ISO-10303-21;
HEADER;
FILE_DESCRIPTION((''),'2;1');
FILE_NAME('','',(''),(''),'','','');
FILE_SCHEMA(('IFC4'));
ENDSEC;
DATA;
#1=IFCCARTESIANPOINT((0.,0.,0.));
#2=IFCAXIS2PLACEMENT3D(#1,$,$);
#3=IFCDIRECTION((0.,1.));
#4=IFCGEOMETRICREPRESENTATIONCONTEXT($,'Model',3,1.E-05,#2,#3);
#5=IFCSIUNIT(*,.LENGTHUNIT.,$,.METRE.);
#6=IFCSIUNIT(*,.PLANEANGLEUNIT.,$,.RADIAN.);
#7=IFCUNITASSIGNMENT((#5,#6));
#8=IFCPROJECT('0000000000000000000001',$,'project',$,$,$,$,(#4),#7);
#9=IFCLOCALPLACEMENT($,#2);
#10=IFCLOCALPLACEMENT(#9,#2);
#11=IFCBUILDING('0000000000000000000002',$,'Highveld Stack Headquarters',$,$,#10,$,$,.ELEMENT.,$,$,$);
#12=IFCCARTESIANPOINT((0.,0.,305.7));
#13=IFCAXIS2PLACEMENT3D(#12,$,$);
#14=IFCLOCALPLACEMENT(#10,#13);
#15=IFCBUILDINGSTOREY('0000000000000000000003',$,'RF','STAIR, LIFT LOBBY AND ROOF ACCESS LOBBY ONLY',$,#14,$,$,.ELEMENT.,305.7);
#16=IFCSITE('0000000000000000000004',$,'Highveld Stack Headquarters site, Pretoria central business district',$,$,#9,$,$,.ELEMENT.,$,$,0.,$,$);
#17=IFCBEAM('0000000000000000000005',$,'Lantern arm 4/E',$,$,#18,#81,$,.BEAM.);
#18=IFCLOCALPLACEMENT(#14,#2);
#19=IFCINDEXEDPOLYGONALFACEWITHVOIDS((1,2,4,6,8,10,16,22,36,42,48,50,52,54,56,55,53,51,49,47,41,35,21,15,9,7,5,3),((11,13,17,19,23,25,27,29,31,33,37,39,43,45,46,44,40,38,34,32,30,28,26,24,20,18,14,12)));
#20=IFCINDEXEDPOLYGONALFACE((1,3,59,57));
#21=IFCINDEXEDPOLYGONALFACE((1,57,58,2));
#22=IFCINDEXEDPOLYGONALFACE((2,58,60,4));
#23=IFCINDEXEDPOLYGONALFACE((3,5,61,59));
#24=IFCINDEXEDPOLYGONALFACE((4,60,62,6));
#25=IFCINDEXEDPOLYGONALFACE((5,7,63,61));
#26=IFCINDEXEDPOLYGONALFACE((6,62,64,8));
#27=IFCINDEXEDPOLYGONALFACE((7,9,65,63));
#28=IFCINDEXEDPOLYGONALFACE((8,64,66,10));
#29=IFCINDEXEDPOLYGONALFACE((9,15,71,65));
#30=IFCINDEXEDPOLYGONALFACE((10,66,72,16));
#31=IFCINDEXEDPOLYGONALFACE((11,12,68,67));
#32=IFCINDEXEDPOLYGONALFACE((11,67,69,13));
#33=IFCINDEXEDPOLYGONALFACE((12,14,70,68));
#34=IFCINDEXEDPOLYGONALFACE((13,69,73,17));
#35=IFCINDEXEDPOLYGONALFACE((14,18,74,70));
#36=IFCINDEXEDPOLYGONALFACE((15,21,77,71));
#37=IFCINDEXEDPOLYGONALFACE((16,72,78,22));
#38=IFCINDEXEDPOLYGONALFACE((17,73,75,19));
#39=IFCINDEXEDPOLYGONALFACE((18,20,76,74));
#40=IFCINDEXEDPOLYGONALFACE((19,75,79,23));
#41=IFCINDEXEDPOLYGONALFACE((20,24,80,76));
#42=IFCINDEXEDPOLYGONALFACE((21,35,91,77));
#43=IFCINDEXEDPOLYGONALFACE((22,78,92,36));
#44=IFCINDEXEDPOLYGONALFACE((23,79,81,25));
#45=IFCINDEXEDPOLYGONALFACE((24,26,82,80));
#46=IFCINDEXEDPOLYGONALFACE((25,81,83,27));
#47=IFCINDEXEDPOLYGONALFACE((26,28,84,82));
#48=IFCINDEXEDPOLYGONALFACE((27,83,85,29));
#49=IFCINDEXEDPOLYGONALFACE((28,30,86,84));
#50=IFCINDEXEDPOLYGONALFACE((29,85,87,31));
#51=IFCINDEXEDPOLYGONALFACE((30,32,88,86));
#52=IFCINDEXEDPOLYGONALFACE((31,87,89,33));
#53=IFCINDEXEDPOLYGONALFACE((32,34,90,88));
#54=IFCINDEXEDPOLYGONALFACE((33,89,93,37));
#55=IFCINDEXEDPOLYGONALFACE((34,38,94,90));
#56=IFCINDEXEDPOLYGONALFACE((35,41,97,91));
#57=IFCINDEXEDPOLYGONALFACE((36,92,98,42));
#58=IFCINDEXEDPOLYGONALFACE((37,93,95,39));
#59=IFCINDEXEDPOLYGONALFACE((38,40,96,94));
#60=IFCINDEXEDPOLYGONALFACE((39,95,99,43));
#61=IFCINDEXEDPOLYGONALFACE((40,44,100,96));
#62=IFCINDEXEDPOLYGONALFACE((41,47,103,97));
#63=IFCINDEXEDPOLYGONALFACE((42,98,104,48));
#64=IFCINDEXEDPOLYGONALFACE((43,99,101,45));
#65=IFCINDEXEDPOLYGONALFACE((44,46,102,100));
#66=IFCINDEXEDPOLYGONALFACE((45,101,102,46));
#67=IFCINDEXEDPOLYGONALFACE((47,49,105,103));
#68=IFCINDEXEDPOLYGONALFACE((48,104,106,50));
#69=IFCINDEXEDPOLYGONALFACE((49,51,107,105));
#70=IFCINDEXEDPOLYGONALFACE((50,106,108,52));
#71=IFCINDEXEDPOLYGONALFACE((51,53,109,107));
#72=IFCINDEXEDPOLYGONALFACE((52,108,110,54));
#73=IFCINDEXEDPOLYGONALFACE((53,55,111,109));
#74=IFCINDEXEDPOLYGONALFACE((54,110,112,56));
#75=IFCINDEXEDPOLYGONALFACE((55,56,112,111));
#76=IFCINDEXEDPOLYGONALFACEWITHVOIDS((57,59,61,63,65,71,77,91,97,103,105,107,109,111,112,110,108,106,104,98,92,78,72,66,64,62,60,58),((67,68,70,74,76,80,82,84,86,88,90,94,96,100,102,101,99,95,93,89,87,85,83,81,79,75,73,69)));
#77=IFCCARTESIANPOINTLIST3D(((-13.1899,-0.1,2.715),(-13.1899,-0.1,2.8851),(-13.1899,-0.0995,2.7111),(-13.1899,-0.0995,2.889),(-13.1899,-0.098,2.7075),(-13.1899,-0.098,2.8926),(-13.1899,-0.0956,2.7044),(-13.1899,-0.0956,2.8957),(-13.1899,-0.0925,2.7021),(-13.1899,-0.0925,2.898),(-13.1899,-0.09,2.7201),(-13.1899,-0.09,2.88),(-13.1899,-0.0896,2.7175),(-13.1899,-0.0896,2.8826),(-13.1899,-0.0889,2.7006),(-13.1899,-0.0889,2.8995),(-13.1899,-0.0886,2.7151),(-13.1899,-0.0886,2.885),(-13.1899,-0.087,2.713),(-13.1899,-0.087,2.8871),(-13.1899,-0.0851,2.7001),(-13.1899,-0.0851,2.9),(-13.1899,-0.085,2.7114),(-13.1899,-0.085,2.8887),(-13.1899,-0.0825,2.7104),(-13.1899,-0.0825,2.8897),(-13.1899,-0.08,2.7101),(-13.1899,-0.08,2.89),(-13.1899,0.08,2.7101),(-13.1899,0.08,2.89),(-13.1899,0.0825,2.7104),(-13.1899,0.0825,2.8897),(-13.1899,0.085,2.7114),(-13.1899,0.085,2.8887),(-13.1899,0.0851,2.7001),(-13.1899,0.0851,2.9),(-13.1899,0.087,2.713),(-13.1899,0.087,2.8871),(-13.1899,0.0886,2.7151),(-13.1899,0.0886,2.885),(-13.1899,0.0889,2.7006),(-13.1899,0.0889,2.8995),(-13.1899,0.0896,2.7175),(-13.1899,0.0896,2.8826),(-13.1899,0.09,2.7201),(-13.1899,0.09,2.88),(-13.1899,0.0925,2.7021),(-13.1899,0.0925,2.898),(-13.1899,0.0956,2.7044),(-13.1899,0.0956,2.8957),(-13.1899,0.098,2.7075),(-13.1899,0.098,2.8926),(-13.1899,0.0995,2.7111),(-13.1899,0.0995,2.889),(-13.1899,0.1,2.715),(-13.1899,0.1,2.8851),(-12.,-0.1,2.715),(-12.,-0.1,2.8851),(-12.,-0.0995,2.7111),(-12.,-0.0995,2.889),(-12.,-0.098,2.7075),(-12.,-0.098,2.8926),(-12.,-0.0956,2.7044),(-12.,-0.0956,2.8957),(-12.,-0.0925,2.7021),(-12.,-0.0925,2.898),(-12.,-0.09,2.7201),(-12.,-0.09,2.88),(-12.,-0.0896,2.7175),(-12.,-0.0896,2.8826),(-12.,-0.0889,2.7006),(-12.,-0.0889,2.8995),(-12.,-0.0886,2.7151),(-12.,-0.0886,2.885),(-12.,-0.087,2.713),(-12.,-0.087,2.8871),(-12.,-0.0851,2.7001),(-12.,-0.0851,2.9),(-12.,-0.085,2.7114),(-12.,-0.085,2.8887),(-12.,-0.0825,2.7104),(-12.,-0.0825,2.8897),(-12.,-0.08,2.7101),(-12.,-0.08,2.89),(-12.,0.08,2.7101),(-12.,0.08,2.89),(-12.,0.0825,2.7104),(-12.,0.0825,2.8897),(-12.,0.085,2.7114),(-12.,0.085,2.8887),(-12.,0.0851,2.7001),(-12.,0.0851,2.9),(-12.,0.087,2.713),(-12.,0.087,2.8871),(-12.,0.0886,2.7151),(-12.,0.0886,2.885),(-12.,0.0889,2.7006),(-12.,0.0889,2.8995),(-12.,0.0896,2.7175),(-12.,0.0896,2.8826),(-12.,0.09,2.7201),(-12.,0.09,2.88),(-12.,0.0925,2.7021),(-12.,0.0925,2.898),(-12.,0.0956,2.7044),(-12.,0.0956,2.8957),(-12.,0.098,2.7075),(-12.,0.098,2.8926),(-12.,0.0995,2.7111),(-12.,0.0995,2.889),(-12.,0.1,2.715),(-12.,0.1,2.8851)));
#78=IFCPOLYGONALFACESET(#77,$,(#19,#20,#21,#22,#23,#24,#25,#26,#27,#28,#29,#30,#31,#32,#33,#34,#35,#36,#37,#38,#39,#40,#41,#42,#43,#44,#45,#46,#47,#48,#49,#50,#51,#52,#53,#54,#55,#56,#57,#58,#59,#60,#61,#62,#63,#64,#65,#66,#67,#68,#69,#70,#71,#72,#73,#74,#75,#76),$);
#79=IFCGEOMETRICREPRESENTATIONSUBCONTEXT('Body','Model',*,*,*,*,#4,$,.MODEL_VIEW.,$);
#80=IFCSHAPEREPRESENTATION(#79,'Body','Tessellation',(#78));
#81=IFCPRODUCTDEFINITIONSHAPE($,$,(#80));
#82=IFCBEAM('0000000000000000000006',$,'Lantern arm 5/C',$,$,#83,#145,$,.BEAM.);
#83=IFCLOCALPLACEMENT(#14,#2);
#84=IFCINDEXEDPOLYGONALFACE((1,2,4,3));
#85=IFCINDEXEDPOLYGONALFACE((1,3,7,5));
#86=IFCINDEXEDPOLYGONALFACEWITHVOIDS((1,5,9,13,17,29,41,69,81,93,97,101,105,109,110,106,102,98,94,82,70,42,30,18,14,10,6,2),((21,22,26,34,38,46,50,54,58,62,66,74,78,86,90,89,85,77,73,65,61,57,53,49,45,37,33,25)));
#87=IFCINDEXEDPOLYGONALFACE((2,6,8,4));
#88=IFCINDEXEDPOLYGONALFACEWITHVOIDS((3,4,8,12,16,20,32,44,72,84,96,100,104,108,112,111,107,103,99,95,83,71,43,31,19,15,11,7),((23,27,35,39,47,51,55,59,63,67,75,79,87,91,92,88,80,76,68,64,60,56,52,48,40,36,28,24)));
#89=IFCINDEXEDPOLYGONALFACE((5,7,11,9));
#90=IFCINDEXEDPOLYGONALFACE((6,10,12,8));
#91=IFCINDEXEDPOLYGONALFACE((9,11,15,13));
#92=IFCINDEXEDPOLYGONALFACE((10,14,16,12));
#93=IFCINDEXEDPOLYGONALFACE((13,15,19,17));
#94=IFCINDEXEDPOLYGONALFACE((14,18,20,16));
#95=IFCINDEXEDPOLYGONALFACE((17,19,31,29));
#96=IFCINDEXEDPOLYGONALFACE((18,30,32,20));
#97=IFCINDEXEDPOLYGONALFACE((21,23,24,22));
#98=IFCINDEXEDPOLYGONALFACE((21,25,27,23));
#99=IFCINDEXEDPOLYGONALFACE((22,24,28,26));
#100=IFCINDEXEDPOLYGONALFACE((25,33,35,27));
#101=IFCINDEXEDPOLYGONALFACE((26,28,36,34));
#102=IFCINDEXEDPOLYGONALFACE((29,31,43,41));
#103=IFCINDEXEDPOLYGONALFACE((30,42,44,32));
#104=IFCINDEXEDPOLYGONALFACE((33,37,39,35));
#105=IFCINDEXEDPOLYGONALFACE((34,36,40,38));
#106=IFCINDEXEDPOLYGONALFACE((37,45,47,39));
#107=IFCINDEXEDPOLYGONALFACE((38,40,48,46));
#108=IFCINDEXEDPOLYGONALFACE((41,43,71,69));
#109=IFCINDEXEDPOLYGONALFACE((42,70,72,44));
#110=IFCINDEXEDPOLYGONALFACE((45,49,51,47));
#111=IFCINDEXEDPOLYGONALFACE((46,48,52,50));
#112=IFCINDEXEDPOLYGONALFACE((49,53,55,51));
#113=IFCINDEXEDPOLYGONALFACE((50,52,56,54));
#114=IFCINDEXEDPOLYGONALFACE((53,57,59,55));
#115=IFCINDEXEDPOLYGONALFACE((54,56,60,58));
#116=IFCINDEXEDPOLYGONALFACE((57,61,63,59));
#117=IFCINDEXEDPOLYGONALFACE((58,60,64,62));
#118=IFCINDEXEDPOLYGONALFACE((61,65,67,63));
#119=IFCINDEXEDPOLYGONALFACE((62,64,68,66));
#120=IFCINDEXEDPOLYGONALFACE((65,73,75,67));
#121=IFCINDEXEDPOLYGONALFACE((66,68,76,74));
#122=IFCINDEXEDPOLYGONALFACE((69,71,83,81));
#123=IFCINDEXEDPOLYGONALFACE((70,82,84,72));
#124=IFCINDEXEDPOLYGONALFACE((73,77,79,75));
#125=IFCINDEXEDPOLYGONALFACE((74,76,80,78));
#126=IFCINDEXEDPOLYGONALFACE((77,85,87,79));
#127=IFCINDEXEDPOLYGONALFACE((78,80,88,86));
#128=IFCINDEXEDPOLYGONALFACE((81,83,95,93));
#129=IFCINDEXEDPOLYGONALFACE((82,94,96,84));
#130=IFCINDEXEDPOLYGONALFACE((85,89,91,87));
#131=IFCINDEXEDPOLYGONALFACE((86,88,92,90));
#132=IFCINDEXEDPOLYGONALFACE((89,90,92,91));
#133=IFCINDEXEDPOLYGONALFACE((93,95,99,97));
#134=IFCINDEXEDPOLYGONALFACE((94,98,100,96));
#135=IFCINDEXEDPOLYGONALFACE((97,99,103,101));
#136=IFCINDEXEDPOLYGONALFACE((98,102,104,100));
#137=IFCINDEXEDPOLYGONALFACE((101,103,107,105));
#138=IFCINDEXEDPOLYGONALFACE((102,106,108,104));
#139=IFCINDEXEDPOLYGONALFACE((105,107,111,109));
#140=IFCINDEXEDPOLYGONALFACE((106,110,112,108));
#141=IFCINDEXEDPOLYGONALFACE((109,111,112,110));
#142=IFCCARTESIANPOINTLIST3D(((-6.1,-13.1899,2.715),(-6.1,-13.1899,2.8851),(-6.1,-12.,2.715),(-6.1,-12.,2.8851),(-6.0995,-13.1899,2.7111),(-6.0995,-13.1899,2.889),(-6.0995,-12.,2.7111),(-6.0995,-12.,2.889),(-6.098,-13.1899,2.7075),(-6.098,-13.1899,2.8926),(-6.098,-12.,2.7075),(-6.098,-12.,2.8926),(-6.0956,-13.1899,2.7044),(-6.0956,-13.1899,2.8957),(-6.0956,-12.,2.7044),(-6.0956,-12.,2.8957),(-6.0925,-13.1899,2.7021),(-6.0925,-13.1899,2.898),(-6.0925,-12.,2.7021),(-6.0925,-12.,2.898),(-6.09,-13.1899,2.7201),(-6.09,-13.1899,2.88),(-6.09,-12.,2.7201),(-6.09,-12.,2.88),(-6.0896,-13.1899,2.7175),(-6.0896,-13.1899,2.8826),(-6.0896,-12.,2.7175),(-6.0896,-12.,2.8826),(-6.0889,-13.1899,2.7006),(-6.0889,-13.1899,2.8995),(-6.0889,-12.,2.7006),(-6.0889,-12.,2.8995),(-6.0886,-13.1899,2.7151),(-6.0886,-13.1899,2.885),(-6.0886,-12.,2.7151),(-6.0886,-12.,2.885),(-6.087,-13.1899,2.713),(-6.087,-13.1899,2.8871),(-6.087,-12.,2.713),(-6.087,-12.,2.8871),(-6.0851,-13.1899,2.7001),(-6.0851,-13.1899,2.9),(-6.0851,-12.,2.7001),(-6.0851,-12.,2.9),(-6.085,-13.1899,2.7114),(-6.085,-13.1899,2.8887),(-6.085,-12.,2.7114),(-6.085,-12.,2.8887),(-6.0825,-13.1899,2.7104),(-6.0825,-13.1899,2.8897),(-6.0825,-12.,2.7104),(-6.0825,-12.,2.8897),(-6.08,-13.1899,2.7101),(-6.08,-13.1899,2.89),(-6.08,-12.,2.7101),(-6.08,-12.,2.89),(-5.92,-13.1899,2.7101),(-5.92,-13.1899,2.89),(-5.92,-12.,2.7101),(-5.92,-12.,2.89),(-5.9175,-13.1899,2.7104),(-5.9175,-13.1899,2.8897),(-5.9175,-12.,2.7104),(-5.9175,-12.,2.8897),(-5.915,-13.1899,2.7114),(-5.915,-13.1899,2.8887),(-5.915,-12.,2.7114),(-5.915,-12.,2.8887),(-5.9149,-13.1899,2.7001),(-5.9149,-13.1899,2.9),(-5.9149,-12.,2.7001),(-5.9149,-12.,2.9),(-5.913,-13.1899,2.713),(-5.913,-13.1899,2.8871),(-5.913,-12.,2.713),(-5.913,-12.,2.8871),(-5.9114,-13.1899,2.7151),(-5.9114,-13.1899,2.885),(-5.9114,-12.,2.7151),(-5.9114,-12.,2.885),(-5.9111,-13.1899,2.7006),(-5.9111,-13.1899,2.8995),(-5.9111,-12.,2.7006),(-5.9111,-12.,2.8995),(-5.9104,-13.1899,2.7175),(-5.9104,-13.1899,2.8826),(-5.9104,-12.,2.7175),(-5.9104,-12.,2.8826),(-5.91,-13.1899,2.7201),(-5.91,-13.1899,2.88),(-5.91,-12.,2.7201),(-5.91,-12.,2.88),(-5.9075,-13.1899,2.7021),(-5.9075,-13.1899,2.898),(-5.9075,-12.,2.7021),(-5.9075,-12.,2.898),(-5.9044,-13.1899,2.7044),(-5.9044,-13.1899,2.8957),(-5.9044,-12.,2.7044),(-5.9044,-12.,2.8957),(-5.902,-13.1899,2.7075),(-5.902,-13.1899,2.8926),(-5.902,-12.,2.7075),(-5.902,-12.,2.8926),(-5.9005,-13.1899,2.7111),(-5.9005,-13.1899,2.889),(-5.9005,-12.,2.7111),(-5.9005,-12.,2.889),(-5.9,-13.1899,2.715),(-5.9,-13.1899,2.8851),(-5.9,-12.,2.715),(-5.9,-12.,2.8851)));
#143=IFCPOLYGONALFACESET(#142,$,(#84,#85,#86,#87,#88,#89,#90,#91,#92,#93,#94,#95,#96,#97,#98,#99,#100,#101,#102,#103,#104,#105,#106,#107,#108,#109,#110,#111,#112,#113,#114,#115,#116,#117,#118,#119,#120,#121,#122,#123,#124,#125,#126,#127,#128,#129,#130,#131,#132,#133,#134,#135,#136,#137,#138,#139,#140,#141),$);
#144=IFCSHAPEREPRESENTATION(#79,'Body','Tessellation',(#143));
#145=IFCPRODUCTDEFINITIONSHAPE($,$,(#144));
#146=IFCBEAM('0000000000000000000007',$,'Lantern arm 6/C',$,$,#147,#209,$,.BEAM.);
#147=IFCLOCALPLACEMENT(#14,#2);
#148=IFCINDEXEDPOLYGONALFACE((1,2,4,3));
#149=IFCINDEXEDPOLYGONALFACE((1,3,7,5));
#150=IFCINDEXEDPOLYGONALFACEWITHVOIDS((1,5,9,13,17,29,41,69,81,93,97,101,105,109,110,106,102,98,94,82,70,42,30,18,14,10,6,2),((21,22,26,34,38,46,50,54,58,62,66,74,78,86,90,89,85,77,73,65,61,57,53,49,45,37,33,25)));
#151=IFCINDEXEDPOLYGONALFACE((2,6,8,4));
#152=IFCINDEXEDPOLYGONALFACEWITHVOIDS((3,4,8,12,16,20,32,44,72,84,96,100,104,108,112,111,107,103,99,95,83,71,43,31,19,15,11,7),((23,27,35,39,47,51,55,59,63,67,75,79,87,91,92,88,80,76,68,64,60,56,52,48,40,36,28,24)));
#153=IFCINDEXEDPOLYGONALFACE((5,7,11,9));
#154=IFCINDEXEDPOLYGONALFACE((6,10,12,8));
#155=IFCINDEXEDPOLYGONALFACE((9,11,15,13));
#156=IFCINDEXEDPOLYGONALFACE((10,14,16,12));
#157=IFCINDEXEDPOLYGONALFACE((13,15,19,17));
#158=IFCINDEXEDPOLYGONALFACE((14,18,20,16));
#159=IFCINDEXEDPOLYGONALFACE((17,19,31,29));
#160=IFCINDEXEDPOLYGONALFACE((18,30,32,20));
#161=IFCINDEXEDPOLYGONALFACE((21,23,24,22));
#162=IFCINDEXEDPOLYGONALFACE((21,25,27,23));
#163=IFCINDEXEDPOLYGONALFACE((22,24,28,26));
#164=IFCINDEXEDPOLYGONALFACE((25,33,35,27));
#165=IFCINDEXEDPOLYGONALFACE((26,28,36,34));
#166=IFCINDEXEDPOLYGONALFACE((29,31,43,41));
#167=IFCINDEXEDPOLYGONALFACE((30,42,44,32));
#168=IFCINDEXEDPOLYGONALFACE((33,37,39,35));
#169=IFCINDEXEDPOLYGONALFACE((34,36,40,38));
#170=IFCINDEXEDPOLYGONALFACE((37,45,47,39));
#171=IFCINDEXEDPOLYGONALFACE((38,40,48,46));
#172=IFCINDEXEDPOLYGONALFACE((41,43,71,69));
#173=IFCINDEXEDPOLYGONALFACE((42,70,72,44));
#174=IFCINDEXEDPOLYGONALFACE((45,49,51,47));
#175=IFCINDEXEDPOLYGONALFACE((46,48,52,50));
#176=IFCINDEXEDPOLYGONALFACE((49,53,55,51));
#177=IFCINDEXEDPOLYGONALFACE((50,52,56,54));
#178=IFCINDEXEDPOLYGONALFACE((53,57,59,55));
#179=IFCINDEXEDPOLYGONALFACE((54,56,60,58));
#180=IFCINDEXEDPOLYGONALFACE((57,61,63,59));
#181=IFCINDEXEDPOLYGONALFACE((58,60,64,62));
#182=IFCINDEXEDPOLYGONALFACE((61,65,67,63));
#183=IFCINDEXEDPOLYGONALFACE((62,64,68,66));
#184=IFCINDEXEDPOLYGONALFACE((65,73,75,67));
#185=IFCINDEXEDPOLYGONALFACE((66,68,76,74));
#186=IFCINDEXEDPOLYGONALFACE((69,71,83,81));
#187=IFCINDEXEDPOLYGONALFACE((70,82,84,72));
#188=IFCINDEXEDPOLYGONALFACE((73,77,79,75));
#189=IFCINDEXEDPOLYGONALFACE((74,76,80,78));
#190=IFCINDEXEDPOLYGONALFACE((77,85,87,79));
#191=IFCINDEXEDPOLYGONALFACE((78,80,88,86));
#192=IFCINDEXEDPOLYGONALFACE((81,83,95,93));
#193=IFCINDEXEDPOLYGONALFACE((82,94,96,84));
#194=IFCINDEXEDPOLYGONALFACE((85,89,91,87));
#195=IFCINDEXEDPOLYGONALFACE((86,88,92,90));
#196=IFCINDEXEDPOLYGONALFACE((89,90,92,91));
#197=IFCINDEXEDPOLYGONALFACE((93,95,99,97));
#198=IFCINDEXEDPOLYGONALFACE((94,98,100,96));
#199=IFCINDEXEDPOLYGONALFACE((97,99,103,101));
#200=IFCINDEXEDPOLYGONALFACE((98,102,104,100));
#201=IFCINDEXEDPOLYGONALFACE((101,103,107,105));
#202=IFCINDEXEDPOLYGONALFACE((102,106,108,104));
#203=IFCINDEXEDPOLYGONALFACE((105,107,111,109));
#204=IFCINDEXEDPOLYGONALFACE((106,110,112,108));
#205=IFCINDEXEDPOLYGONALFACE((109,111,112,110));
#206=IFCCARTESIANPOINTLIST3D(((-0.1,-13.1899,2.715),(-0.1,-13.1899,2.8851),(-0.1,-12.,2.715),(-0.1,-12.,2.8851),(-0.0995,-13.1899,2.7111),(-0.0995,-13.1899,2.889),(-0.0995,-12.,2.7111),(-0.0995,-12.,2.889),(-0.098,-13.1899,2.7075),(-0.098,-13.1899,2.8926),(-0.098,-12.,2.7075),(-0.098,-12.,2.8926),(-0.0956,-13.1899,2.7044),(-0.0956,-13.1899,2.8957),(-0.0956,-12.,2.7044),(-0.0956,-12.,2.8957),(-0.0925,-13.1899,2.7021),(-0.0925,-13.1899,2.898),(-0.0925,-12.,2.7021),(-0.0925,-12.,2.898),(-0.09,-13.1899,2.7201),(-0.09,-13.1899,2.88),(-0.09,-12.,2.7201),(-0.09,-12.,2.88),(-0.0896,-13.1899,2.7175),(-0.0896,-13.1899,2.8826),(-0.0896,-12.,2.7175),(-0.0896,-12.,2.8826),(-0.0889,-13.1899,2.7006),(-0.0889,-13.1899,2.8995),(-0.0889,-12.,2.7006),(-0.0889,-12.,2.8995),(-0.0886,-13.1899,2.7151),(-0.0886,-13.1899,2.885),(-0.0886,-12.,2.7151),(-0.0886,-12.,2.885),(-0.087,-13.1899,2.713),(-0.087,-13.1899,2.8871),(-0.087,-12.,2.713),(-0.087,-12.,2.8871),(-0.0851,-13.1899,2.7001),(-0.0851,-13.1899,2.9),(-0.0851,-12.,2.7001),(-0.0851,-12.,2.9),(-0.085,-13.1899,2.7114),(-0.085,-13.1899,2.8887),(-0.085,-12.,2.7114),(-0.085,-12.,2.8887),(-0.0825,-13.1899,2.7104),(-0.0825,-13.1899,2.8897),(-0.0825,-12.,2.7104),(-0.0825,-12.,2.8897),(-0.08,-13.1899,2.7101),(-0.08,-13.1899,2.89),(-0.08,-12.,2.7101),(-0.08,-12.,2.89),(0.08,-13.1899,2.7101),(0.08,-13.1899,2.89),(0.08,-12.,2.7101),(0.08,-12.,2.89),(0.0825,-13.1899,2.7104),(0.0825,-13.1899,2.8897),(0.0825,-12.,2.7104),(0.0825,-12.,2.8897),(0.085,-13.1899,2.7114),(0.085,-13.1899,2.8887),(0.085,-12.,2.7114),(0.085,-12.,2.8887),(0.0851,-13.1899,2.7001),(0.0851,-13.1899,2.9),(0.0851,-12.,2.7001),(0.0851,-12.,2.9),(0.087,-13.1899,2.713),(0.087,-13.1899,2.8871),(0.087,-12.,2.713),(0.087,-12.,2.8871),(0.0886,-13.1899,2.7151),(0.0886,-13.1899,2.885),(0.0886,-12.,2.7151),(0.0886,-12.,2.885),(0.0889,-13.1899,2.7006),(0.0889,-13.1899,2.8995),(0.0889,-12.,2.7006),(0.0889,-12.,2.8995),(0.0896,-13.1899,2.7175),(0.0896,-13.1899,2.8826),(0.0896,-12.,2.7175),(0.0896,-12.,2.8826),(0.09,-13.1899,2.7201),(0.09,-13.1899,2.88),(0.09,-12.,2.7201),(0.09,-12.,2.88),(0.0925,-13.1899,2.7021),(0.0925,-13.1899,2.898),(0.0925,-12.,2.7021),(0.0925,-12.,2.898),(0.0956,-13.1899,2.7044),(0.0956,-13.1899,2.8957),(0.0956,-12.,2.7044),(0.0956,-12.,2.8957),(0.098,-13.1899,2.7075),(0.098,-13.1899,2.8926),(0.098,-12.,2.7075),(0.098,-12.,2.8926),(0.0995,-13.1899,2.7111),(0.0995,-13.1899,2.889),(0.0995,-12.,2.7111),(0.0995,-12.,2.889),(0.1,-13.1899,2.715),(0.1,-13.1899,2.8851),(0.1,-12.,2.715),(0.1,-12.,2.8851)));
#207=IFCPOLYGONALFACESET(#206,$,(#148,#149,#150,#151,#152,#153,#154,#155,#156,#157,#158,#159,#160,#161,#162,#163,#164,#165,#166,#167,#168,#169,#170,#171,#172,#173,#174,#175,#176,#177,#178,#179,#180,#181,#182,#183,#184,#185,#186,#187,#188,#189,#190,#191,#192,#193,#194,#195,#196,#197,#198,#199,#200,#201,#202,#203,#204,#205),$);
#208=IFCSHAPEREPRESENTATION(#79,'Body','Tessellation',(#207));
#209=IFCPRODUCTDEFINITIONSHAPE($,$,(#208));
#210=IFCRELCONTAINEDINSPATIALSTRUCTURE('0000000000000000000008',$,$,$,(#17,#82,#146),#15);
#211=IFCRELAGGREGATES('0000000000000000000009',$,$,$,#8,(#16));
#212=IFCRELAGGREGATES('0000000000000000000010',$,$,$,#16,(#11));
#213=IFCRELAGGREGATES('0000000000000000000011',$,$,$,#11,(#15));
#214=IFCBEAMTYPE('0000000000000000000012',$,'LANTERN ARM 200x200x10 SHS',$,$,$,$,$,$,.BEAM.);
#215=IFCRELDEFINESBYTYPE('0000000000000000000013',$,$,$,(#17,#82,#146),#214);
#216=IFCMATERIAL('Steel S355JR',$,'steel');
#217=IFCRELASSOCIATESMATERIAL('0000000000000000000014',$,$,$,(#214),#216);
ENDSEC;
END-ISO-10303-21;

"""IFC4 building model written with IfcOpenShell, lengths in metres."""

from ifc_helpers import new_model, si_unit, direction, frame, origin, origin_2d, place, context, subcontext, project, spatial, hollow_rectangle, extrude, material, material_profile, profile_set, type_object, element, save


model = new_model("IFC4")

# Units and contexts
model_context = context("Model", 3, precision=1e-05, world=origin(), true_north=direction((0.0, 1.0)))
body_context = subcontext(model_context, "Body", "Model", "MODEL_VIEW")
ifc_project = project(units=[si_unit("LENGTHUNIT", "METRE"), si_unit("PLANEANGLEUNIT", "RADIAN")], contexts=[model_context])

# Site, building, storey
site_placement = place(None, origin())
site = spatial("IfcSite", under=ifc_project, at=site_placement, Name="Highveld Stack Headquarters site, Pretoria central business district", CompositionType="ELEMENT", RefElevation=0.0)
building_placement = place(site_placement, origin())
building = spatial("IfcBuilding", under=site, at=building_placement, Name="Highveld Stack Headquarters", CompositionType="ELEMENT")
storey_placement = place(building_placement, frame((0.0, 0.0, 305.7)))
storey = spatial("IfcBuildingStorey", under=building, at=storey_placement, Name="RF", Description="STAIR, LIFT LOBBY AND ROOF ACCESS LOBBY ONLY", CompositionType="ELEMENT", Elevation=305.7)

# Beams
ifc_material_1 = material(Name="Steel S355JR", Category="steel")
ifc_material_profile_1 = material_profile(ifc_material_1, hollow_rectangle(XDim=0.2, YDim=0.2, WallThickness=0.01, InnerFilletRadius=0.01, OuterFilletRadius=0.0149, at=origin_2d()), Name="200x200x10 SHS")
ifc_profile_set_1 = profile_set([ifc_material_profile_1], Name="Steel S355JR")
beam_type_1 = type_object("IfcBeamType", Name="LANTERN ARM 200x200x10 SHS", PredefinedType="BEAM", material=ifc_profile_set_1)
for number, where, z_axis, x_axis, name in (
    (1, (-12.0, 0.0, 2.8), (-1.0, 0.0, 0.0), (0.0, -1.0, 0.0), "Lantern arm 4/E"),
    (2, (-6.0, -12.0, 2.8), (0.0, -1.0, 0.0), (1.0, 0.0, 0.0), "Lantern arm 5/C"),
    (3, (0.0, -12.0, 2.8), (0.0, -1.0, 0.0), (1.0, 0.0, 0.0), "Lantern arm 6/C"),
):
    element("IfcBeam", number, at=place(storey_placement, frame(where, z_axis=z_axis, x_axis=x_axis)), inside=storey, type_object=beam_type_1, Name=name, PredefinedType="BEAM", context=body_context, shape_type="SweptSolid", body=[
        extrude(hollow_rectangle(XDim=0.2, YDim=0.2, WallThickness=0.01, InnerFilletRadius=0.01, OuterFilletRadius=0.0149, at=origin_2d()), origin(), (0.0, 0.0, 1.0), 1.1899),
    ])

save(model, "model.ifc")
